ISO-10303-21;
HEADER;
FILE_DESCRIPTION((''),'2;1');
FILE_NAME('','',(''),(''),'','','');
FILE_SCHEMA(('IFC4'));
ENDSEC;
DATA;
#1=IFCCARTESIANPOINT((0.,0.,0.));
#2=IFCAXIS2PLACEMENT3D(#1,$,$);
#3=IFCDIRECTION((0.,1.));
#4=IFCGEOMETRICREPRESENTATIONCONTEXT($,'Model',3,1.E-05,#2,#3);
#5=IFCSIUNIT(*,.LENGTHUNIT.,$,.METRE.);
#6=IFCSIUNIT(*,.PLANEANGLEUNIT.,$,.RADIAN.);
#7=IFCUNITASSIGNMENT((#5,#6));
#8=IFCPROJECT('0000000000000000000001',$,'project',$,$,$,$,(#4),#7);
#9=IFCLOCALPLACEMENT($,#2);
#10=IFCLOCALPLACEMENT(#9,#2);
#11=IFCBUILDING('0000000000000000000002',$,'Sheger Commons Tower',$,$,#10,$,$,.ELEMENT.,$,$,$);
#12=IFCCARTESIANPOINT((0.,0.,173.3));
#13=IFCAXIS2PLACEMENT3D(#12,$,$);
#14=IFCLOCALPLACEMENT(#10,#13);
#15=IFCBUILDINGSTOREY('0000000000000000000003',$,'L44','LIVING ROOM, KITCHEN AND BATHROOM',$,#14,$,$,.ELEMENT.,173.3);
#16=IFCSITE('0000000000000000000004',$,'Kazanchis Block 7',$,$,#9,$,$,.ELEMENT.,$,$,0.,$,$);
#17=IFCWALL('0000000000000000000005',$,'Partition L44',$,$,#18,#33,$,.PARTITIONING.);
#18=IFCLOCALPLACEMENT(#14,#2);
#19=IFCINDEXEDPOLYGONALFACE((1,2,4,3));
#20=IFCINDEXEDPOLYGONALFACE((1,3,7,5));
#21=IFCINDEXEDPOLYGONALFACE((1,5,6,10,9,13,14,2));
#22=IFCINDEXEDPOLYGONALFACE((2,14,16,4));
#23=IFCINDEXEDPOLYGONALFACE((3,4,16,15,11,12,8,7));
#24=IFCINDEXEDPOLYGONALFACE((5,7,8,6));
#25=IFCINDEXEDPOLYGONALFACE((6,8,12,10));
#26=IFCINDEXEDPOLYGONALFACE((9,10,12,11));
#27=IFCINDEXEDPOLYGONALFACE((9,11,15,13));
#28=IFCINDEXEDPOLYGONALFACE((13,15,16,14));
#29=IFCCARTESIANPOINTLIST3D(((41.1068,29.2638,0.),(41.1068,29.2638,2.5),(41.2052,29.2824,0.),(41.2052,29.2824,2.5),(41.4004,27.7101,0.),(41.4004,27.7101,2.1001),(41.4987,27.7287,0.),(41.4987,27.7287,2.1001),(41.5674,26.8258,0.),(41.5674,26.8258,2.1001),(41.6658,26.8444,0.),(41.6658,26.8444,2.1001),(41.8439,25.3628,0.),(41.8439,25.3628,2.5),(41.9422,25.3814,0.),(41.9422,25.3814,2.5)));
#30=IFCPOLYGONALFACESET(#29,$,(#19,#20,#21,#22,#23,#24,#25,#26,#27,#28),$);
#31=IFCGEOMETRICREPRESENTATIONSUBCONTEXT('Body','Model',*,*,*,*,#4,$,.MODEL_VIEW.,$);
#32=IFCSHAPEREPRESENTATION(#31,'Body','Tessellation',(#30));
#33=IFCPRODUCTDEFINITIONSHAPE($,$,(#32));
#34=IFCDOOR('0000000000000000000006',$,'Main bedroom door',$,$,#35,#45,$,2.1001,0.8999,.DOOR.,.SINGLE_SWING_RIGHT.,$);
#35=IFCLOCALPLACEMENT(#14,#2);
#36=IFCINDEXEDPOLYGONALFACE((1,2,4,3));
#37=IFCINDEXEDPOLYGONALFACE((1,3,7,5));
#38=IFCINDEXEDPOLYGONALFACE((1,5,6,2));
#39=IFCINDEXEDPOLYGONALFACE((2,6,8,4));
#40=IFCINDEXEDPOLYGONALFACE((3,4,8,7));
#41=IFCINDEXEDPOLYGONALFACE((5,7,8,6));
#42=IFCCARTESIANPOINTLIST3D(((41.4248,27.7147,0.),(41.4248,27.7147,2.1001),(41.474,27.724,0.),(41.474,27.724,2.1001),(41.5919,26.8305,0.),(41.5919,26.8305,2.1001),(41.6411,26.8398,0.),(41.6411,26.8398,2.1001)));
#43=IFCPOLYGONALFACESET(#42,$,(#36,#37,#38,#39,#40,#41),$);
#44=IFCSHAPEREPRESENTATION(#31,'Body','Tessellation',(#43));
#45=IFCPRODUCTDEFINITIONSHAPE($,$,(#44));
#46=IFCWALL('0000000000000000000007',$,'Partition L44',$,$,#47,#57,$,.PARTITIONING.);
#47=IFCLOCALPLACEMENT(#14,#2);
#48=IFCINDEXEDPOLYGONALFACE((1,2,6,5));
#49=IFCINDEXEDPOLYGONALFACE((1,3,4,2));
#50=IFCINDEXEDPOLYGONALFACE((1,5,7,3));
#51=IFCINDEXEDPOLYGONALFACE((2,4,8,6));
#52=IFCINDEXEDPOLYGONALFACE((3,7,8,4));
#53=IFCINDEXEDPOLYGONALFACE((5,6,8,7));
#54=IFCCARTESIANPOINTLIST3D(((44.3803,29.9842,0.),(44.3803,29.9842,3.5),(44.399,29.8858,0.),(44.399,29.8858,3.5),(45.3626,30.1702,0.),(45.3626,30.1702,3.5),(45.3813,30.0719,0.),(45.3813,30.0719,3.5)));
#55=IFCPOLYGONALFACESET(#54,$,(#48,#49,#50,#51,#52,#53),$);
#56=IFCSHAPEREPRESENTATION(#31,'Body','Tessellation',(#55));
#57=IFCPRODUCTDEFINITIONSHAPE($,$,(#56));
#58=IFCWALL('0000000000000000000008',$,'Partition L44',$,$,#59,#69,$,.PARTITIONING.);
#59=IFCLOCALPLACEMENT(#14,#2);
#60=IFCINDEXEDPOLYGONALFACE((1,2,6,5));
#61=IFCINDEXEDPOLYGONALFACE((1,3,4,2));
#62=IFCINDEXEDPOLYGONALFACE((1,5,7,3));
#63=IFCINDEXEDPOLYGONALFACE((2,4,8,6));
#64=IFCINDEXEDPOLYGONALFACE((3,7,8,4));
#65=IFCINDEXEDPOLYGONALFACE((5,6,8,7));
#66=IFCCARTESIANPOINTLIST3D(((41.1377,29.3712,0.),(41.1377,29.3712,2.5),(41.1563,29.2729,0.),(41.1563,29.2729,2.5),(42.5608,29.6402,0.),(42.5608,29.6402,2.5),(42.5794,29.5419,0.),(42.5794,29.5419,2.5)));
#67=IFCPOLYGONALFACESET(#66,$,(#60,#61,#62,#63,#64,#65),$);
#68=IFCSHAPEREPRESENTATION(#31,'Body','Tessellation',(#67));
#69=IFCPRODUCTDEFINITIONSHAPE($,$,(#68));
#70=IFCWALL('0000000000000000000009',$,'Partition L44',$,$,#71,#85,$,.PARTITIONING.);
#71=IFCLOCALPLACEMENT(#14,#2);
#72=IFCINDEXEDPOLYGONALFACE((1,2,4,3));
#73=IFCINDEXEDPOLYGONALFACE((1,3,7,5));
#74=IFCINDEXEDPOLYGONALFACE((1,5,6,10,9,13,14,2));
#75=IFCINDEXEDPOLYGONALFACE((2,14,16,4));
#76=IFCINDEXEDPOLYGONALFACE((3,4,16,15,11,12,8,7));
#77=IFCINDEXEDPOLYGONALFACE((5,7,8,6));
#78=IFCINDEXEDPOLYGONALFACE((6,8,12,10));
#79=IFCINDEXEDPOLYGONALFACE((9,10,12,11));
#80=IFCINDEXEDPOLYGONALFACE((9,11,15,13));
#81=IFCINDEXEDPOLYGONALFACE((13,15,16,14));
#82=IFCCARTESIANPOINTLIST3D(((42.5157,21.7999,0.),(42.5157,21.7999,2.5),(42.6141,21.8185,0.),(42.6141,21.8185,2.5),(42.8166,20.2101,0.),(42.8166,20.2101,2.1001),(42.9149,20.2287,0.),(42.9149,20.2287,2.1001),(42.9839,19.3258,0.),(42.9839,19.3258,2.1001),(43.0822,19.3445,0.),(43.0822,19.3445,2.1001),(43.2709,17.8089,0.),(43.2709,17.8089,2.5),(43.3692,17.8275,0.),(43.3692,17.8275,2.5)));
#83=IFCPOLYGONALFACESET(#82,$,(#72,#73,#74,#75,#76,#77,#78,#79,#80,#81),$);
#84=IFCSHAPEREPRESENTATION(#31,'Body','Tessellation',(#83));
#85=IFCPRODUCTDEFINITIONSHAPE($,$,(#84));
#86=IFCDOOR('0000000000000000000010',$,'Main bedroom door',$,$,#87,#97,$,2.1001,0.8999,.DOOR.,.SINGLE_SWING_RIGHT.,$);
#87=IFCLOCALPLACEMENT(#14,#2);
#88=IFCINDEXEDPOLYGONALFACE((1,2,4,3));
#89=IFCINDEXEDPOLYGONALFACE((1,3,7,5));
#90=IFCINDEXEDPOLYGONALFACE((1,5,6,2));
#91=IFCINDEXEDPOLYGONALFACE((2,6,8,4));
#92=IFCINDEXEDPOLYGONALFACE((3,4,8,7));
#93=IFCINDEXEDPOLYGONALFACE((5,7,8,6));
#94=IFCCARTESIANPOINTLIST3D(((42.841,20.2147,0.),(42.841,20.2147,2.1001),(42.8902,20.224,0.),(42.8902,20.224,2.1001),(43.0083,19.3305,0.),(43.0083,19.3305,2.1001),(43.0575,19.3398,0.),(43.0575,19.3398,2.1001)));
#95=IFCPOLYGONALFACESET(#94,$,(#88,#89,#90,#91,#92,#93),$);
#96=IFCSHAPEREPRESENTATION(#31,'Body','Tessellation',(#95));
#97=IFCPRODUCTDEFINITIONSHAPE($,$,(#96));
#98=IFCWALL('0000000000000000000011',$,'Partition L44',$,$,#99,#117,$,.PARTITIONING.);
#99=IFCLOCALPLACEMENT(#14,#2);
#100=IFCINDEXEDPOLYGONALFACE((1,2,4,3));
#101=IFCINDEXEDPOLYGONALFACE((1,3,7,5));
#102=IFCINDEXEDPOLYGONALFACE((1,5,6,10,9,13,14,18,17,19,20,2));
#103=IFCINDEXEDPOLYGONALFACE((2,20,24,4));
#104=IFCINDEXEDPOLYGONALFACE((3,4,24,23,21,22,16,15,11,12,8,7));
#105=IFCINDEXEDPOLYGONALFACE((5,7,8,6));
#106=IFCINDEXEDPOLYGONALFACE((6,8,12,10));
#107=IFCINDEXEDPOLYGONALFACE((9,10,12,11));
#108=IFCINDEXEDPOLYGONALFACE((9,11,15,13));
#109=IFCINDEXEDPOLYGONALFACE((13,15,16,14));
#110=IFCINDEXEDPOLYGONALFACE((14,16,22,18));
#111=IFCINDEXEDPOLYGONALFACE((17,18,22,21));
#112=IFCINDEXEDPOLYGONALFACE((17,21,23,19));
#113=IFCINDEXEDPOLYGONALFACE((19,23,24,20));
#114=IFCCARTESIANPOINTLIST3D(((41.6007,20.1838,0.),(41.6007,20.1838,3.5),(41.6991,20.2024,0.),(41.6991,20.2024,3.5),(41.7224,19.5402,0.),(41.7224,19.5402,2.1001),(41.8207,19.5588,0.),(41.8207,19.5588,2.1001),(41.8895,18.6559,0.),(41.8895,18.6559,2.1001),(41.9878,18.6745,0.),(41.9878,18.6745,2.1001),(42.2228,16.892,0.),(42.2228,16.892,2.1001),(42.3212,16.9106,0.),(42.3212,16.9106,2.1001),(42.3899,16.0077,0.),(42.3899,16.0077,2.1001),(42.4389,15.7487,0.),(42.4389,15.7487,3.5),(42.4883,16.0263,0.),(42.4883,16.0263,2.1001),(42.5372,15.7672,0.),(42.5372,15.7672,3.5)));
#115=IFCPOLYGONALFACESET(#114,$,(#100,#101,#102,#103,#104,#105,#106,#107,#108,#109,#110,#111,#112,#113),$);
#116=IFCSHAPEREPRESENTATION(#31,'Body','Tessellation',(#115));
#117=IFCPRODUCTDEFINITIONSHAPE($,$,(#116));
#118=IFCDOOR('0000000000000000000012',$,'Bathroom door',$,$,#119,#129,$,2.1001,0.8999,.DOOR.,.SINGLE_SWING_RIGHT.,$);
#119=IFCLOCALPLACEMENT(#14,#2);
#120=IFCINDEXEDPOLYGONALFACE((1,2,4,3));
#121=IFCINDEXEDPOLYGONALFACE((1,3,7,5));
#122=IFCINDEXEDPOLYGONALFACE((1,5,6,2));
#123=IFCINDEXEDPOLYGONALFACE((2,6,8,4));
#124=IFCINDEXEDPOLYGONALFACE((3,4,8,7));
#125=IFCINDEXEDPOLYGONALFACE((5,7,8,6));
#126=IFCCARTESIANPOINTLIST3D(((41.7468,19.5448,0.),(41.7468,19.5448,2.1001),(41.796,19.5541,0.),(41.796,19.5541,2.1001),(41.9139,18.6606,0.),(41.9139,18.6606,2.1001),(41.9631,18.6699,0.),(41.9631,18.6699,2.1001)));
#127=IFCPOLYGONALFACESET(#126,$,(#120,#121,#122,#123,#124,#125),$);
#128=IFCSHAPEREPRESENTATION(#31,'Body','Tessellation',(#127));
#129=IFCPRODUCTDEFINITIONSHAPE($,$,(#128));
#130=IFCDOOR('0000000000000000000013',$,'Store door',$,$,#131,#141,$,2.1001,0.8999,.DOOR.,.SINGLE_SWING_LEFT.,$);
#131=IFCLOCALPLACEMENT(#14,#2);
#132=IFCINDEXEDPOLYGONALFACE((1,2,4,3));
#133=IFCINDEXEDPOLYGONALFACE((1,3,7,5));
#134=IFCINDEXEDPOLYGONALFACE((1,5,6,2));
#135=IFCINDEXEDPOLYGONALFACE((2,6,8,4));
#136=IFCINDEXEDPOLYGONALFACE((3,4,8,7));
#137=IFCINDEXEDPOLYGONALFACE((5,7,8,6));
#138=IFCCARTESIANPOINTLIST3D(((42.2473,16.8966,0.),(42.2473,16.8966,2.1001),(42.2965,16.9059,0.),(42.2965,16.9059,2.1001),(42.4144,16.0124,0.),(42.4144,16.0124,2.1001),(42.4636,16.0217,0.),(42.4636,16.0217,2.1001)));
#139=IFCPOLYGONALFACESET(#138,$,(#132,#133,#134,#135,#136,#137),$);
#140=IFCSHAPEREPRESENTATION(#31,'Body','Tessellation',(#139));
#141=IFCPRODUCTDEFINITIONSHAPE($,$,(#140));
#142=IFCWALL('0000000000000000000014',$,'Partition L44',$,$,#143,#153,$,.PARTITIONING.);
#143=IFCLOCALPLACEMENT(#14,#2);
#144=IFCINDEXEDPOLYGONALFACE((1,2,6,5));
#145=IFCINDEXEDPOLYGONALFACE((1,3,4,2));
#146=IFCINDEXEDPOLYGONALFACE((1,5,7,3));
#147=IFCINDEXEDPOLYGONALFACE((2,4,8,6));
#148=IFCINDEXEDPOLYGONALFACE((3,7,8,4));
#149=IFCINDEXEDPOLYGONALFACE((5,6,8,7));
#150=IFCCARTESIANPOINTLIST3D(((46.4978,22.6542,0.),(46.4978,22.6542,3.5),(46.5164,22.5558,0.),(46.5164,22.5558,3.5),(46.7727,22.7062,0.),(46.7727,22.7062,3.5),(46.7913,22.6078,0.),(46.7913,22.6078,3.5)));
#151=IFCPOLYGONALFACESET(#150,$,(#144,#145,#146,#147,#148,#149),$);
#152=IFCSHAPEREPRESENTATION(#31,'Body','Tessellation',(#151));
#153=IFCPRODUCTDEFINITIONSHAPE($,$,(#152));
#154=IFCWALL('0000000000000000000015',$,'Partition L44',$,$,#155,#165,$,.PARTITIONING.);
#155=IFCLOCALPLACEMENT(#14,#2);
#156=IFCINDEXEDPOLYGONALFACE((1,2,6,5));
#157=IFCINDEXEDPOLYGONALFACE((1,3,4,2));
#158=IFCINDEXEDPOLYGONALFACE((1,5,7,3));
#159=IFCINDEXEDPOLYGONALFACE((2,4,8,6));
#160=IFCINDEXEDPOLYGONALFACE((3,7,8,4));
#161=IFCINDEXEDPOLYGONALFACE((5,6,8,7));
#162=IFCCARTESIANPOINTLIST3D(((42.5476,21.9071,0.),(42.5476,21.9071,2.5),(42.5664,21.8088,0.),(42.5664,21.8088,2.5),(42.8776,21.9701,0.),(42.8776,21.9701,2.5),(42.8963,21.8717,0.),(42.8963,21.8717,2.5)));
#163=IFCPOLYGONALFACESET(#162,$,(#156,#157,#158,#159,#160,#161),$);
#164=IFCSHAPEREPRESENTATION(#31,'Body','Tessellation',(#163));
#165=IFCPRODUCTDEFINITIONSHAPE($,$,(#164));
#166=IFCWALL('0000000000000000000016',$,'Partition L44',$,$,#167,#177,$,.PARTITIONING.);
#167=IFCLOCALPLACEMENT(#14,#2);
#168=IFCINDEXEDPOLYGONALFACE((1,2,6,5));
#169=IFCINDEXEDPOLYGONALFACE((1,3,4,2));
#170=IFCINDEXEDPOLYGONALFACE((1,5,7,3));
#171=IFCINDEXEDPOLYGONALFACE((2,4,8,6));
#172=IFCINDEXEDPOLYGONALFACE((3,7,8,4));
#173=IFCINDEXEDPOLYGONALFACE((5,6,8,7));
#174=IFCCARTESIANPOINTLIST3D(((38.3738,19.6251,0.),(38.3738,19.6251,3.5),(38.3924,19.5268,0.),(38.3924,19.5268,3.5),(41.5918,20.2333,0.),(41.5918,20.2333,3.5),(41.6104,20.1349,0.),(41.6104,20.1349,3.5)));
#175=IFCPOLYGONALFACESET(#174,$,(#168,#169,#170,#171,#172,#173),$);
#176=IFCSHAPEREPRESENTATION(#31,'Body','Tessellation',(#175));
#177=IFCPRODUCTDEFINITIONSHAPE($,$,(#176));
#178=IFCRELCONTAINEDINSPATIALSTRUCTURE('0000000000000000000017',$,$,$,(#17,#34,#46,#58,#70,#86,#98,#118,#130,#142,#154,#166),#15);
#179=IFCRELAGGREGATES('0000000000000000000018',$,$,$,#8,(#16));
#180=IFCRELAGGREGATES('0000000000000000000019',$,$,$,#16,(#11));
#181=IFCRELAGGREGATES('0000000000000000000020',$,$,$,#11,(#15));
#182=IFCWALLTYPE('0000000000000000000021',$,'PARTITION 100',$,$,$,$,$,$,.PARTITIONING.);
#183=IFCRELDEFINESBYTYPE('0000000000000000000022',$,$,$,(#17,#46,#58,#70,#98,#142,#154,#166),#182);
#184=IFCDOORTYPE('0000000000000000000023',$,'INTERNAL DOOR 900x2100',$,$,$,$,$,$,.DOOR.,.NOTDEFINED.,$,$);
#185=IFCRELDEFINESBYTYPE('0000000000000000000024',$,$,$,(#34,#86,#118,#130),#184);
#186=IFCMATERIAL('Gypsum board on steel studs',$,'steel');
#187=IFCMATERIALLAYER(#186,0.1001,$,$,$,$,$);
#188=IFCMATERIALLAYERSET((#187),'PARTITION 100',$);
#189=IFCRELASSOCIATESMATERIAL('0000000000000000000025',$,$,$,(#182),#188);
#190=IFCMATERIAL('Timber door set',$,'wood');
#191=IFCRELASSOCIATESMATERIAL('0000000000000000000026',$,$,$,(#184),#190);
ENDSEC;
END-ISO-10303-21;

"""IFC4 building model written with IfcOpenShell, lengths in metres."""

from ifc_helpers import new_model, si_unit, direction, frame, frame_2d, origin, place, context, subcontext, project, spatial, rectangle, extrude, material, layer, layer_set, type_object, element, fill, save


model = new_model("IFC4")

# Units and contexts
model_context = context("Model", 3, precision=1e-05, world=origin(), true_north=direction((0.0, 1.0)))
body_context = subcontext(model_context, "Body", "Model", "MODEL_VIEW")
ifc_project = project(units=[si_unit("LENGTHUNIT", "METRE"), si_unit("PLANEANGLEUNIT", "RADIAN")], contexts=[model_context])

# Site, building, storey
site_placement = place(None, origin())
site = spatial("IfcSite", under=ifc_project, at=site_placement, Name="Kazanchis Block 7", CompositionType="ELEMENT", RefElevation=0.0)
building_placement = place(site_placement, origin())
building = spatial("IfcBuilding", under=site, at=building_placement, Name="Sheger Commons Tower", CompositionType="ELEMENT")
storey_placement = place(building_placement, frame((0.0, 0.0, 173.3)))
storey = spatial("IfcBuildingStorey", under=building, at=storey_placement, Name="L44", Description="LIVING ROOM, KITCHEN AND BATHROOM", CompositionType="ELEMENT", Elevation=173.3)

# Shared definitions
ifc_material_1 = material(Name="Gypsum board on steel studs", Category="steel")
ifc_layer_1 = layer(ifc_material_1, 0.1001)
ifc_layer_set_1 = layer_set([ifc_layer_1], Name="PARTITION 100")
wall_type_1 = type_object("IfcWallType", Name="PARTITION 100", PredefinedType="PARTITIONING", material=ifc_layer_set_1)

# Wall, opening, door
wall_1_placement = place(storey_placement, frame((41.156, 29.2729, 0.0), z_axis=(0.0, 0.0, 1.0), x_axis=(0.185662, -0.982614, 0.0)))
wall_1 = element("IfcWall", 1, at=wall_1_placement, inside=storey, type_object=wall_type_1, Name="Partition L44", PredefinedType="PARTITIONING", context=body_context, shape_type="SweptSolid", body=[
    extrude(rectangle(XDim=3.97, YDim=0.1001, at=frame_2d((1.9849, 0.0))), origin(), (0.0, 0.0, 1.0), 2.5),
])
opening_1_placement = place(wall_1_placement, frame((1.5811, 0.0, 0.0)))
opening_1 = element("IfcOpeningElement", 2, at=opening_1_placement, cuts=wall_1, PredefinedType="OPENING", context=body_context, shape_type="SweptSolid", body=[
    extrude(rectangle(XDim=0.8999, YDim=2.1001, at=frame_2d((0.45, 1.05))), frame((0.0, 0.0601, 0.0), z_axis=(0.0, -1.0, 0.0), x_axis=(1.0, 0.0, 0.0)), (0.0, 0.0, 1.0), 0.1201),
])
ifc_material_2 = material(Name="Timber door set", Category="wood")
door_type = type_object("IfcDoorType", Name="INTERNAL DOOR 900x2100", OperationType="NOTDEFINED", PredefinedType="DOOR", material=ifc_material_2)
door_1_placement = place(opening_1_placement, origin())
door_1 = element("IfcDoor", 3, at=door_1_placement, inside=storey, type_object=door_type, Name="Main bedroom door", OperationType="SINGLE_SWING_RIGHT", OverallHeight=2.1001, OverallWidth=0.8999, PredefinedType="DOOR", context=body_context, shape_type="SweptSolid", body=[
    extrude(rectangle(XDim=0.8999, YDim=2.1001, at=frame_2d((0.45, 1.05))), frame((0.0, 0.0249, 0.0), z_axis=(0.0, -1.0, 0.0), x_axis=(1.0, 0.0, 0.0)), (0.0, 0.0, 1.0), 0.05),
])
fill(opening_1, door_1)

# Walls
wall_2_placement = place(storey_placement, frame((45.3721, 30.1211, 0.0), z_axis=(0.0, 0.0, 1.0), x_axis=(-0.98253, -0.186102, 0.0)))
element("IfcWall", 4, at=wall_2_placement, inside=storey, type_object=wall_type_1, Name="Partition L44", PredefinedType="PARTITIONING", context=body_context, shape_type="SweptSolid", body=[
    extrude(rectangle(XDim=0.9998, YDim=0.1001, at=frame_2d((0.5, 0.0))), origin(), (0.0, 0.0, 1.0), 3.5),
])
wall_3_placement = place(storey_placement, frame((42.5701, 29.5911, 0.0), z_axis=(0.0, 0.0, 1.0), x_axis=(-0.982594, -0.185764, 0.0)))
element("IfcWall", 5, at=wall_3_placement, inside=storey, type_object=wall_type_1, Name="Partition L44", PredefinedType="PARTITIONING", context=body_context, shape_type="SweptSolid", body=[
    extrude(rectangle(XDim=1.4482, YDim=0.1001, at=frame_2d((0.7241, 0.0))), origin(), (0.0, 0.0, 1.0), 2.5),
])

# Wall, opening, door
wall_4_placement = place(storey_placement, frame((42.5649, 21.8091, 0.0), z_axis=(0.0, 0.0, 1.0), x_axis=(0.18591, -0.982567, 0.0)))
wall_4 = element("IfcWall", 6, at=wall_4_placement, inside=storey, type_object=wall_type_1, Name="Partition L44", PredefinedType="PARTITIONING", context=body_context, shape_type="SweptSolid", body=[
    extrude(rectangle(XDim=4.0618, YDim=0.1001, at=frame_2d((2.0308, 0.0))), origin(), (0.0, 0.0, 1.0), 2.5),
])
opening_2_placement = place(wall_4_placement, frame((1.6179, 0.0, 0.0)))
opening_2 = element("IfcOpeningElement", 7, at=opening_2_placement, cuts=wall_4, PredefinedType="OPENING", context=body_context, shape_type="SweptSolid", body=[
    extrude(rectangle(XDim=0.8999, YDim=2.1001, at=frame_2d((0.45, 1.05))), frame((0.0, 0.0601, 0.0), z_axis=(0.0, -1.0, 0.0), x_axis=(1.0, 0.0, 0.0)), (0.0, 0.0, 1.0), 0.1201),
])
door_2_placement = place(opening_2_placement, origin())
door_2 = element("IfcDoor", 8, at=door_2_placement, inside=storey, type_object=door_type, Name="Main bedroom door", OperationType="SINGLE_SWING_RIGHT", OverallHeight=2.1001, OverallWidth=0.8999, PredefinedType="DOOR", context=body_context, shape_type="SweptSolid", body=[
    extrude(rectangle(XDim=0.8999, YDim=2.1001, at=frame_2d((0.45, 1.05))), frame((0.0, 0.0249, 0.0), z_axis=(0.0, -1.0, 0.0), x_axis=(1.0, 0.0, 0.0)), (0.0, 0.0, 1.0), 0.05),
])
fill(opening_2, door_2)

# Wall, openings, doors
wall_5_placement = place(storey_placement, frame((41.6499, 20.1931, 0.0), z_axis=(0.0, 0.0, 1.0), x_axis=(0.185693, -0.982608, 0.0)))
wall_5 = element("IfcWall", 9, at=wall_5_placement, inside=storey, type_object=wall_type_1, Name="Partition L44", PredefinedType="PARTITIONING", context=body_context, shape_type="SweptSolid", body=[
    extrude(rectangle(XDim=4.5137, YDim=0.1001, at=frame_2d((2.2568, 0.0))), origin(), (0.0, 0.0, 1.0), 3.5),
])
opening_3_placement = place(wall_5_placement, frame((0.655, 0.0, 0.0)))
opening_3 = element("IfcOpeningElement", 10, at=opening_3_placement, cuts=wall_5, PredefinedType="OPENING", context=body_context, shape_type="SweptSolid", body=[
    extrude(rectangle(XDim=0.8999, YDim=2.1001, at=frame_2d((0.45, 1.05))), frame((0.0, 0.0601, 0.0), z_axis=(0.0, -1.0, 0.0), x_axis=(1.0, 0.0, 0.0)), (0.0, 0.0, 1.0), 0.1201),
])
opening_4_placement = place(wall_5_placement, frame((3.3501, 0.0, 0.0)))
opening_4 = element("IfcOpeningElement", 11, at=opening_4_placement, cuts=wall_5, PredefinedType="OPENING", context=body_context, shape_type="SweptSolid", body=[
    extrude(rectangle(XDim=0.8999, YDim=2.1001, at=frame_2d((0.45, 1.05))), frame((0.0, 0.0601, 0.0), z_axis=(0.0, -1.0, 0.0), x_axis=(1.0, 0.0, 0.0)), (0.0, 0.0, 1.0), 0.1201),
])
door_3_placement = place(opening_3_placement, origin())
door_3 = element("IfcDoor", 12, at=door_3_placement, inside=storey, type_object=door_type, Name="Bathroom door", OperationType="SINGLE_SWING_RIGHT", OverallHeight=2.1001, OverallWidth=0.8999, PredefinedType="DOOR", context=body_context, shape_type="SweptSolid", body=[
    extrude(rectangle(XDim=0.8999, YDim=2.1001, at=frame_2d((0.45, 1.05))), frame((0.0, 0.0249, 0.0), z_axis=(0.0, -1.0, 0.0), x_axis=(1.0, 0.0, 0.0)), (0.0, 0.0, 1.0), 0.05),
])
fill(opening_3, door_3)
door_4_placement = place(opening_4_placement, origin())
door_4 = element("IfcDoor", 13, at=door_4_placement, inside=storey, type_object=door_type, Name="Store door", OperationType="SINGLE_SWING_LEFT", OverallHeight=2.1001, OverallWidth=0.8999, PredefinedType="DOOR", context=body_context, shape_type="SweptSolid", body=[
    extrude(rectangle(XDim=0.8999, YDim=2.1001, at=frame_2d((0.45, 1.05))), frame((0.0, 0.0249, 0.0), z_axis=(0.0, -1.0, 0.0), x_axis=(1.0, 0.0, 0.0)), (0.0, 0.0, 1.0), 0.05),
])
fill(opening_4, door_4)

# Walls
wall_6_placement = place(storey_placement, frame((46.782, 22.657, 0.0), z_axis=(0.0, 0.0, 1.0), x_axis=(-0.982575, -0.185869, 0.0)))
element("IfcWall", 14, at=wall_6_placement, inside=storey, type_object=wall_type_1, Name="Partition L44", PredefinedType="PARTITIONING", context=body_context, shape_type="SweptSolid", body=[
    extrude(rectangle(XDim=0.2798, YDim=0.1001, at=frame_2d((0.1399, 0.0))), origin(), (0.0, 0.0, 1.0), 3.5),
])
wall_7_placement = place(storey_placement, frame((42.887, 21.9209, 0.0), z_axis=(0.0, 0.0, 1.0), x_axis=(-0.982275, -0.187446, 0.0)))
element("IfcWall", 15, at=wall_7_placement, inside=storey, type_object=wall_type_1, Name="Partition L44", PredefinedType="PARTITIONING", context=body_context, shape_type="SweptSolid", body=[
    extrude(rectangle(XDim=0.3359, YDim=0.1001, at=frame_2d((0.168, 0.0))), origin(), (0.0, 0.0, 1.0), 2.5),
])
wall_8_placement = place(storey_placement, frame((41.6011, 20.1841, 0.0), z_axis=(0.0, 0.0, 1.0), x_axis=(-0.982607, -0.185697, 0.0)))
element("IfcWall", 16, at=wall_8_placement, inside=storey, type_object=wall_type_1, Name="Partition L44", PredefinedType="PARTITIONING", context=body_context, shape_type="SweptSolid", body=[
    extrude(rectangle(XDim=3.2749, YDim=0.1001, at=frame_2d((1.6375, 0.0))), origin(), (0.0, 0.0, 1.0), 3.5),
])

save(model, "model.ifc")
